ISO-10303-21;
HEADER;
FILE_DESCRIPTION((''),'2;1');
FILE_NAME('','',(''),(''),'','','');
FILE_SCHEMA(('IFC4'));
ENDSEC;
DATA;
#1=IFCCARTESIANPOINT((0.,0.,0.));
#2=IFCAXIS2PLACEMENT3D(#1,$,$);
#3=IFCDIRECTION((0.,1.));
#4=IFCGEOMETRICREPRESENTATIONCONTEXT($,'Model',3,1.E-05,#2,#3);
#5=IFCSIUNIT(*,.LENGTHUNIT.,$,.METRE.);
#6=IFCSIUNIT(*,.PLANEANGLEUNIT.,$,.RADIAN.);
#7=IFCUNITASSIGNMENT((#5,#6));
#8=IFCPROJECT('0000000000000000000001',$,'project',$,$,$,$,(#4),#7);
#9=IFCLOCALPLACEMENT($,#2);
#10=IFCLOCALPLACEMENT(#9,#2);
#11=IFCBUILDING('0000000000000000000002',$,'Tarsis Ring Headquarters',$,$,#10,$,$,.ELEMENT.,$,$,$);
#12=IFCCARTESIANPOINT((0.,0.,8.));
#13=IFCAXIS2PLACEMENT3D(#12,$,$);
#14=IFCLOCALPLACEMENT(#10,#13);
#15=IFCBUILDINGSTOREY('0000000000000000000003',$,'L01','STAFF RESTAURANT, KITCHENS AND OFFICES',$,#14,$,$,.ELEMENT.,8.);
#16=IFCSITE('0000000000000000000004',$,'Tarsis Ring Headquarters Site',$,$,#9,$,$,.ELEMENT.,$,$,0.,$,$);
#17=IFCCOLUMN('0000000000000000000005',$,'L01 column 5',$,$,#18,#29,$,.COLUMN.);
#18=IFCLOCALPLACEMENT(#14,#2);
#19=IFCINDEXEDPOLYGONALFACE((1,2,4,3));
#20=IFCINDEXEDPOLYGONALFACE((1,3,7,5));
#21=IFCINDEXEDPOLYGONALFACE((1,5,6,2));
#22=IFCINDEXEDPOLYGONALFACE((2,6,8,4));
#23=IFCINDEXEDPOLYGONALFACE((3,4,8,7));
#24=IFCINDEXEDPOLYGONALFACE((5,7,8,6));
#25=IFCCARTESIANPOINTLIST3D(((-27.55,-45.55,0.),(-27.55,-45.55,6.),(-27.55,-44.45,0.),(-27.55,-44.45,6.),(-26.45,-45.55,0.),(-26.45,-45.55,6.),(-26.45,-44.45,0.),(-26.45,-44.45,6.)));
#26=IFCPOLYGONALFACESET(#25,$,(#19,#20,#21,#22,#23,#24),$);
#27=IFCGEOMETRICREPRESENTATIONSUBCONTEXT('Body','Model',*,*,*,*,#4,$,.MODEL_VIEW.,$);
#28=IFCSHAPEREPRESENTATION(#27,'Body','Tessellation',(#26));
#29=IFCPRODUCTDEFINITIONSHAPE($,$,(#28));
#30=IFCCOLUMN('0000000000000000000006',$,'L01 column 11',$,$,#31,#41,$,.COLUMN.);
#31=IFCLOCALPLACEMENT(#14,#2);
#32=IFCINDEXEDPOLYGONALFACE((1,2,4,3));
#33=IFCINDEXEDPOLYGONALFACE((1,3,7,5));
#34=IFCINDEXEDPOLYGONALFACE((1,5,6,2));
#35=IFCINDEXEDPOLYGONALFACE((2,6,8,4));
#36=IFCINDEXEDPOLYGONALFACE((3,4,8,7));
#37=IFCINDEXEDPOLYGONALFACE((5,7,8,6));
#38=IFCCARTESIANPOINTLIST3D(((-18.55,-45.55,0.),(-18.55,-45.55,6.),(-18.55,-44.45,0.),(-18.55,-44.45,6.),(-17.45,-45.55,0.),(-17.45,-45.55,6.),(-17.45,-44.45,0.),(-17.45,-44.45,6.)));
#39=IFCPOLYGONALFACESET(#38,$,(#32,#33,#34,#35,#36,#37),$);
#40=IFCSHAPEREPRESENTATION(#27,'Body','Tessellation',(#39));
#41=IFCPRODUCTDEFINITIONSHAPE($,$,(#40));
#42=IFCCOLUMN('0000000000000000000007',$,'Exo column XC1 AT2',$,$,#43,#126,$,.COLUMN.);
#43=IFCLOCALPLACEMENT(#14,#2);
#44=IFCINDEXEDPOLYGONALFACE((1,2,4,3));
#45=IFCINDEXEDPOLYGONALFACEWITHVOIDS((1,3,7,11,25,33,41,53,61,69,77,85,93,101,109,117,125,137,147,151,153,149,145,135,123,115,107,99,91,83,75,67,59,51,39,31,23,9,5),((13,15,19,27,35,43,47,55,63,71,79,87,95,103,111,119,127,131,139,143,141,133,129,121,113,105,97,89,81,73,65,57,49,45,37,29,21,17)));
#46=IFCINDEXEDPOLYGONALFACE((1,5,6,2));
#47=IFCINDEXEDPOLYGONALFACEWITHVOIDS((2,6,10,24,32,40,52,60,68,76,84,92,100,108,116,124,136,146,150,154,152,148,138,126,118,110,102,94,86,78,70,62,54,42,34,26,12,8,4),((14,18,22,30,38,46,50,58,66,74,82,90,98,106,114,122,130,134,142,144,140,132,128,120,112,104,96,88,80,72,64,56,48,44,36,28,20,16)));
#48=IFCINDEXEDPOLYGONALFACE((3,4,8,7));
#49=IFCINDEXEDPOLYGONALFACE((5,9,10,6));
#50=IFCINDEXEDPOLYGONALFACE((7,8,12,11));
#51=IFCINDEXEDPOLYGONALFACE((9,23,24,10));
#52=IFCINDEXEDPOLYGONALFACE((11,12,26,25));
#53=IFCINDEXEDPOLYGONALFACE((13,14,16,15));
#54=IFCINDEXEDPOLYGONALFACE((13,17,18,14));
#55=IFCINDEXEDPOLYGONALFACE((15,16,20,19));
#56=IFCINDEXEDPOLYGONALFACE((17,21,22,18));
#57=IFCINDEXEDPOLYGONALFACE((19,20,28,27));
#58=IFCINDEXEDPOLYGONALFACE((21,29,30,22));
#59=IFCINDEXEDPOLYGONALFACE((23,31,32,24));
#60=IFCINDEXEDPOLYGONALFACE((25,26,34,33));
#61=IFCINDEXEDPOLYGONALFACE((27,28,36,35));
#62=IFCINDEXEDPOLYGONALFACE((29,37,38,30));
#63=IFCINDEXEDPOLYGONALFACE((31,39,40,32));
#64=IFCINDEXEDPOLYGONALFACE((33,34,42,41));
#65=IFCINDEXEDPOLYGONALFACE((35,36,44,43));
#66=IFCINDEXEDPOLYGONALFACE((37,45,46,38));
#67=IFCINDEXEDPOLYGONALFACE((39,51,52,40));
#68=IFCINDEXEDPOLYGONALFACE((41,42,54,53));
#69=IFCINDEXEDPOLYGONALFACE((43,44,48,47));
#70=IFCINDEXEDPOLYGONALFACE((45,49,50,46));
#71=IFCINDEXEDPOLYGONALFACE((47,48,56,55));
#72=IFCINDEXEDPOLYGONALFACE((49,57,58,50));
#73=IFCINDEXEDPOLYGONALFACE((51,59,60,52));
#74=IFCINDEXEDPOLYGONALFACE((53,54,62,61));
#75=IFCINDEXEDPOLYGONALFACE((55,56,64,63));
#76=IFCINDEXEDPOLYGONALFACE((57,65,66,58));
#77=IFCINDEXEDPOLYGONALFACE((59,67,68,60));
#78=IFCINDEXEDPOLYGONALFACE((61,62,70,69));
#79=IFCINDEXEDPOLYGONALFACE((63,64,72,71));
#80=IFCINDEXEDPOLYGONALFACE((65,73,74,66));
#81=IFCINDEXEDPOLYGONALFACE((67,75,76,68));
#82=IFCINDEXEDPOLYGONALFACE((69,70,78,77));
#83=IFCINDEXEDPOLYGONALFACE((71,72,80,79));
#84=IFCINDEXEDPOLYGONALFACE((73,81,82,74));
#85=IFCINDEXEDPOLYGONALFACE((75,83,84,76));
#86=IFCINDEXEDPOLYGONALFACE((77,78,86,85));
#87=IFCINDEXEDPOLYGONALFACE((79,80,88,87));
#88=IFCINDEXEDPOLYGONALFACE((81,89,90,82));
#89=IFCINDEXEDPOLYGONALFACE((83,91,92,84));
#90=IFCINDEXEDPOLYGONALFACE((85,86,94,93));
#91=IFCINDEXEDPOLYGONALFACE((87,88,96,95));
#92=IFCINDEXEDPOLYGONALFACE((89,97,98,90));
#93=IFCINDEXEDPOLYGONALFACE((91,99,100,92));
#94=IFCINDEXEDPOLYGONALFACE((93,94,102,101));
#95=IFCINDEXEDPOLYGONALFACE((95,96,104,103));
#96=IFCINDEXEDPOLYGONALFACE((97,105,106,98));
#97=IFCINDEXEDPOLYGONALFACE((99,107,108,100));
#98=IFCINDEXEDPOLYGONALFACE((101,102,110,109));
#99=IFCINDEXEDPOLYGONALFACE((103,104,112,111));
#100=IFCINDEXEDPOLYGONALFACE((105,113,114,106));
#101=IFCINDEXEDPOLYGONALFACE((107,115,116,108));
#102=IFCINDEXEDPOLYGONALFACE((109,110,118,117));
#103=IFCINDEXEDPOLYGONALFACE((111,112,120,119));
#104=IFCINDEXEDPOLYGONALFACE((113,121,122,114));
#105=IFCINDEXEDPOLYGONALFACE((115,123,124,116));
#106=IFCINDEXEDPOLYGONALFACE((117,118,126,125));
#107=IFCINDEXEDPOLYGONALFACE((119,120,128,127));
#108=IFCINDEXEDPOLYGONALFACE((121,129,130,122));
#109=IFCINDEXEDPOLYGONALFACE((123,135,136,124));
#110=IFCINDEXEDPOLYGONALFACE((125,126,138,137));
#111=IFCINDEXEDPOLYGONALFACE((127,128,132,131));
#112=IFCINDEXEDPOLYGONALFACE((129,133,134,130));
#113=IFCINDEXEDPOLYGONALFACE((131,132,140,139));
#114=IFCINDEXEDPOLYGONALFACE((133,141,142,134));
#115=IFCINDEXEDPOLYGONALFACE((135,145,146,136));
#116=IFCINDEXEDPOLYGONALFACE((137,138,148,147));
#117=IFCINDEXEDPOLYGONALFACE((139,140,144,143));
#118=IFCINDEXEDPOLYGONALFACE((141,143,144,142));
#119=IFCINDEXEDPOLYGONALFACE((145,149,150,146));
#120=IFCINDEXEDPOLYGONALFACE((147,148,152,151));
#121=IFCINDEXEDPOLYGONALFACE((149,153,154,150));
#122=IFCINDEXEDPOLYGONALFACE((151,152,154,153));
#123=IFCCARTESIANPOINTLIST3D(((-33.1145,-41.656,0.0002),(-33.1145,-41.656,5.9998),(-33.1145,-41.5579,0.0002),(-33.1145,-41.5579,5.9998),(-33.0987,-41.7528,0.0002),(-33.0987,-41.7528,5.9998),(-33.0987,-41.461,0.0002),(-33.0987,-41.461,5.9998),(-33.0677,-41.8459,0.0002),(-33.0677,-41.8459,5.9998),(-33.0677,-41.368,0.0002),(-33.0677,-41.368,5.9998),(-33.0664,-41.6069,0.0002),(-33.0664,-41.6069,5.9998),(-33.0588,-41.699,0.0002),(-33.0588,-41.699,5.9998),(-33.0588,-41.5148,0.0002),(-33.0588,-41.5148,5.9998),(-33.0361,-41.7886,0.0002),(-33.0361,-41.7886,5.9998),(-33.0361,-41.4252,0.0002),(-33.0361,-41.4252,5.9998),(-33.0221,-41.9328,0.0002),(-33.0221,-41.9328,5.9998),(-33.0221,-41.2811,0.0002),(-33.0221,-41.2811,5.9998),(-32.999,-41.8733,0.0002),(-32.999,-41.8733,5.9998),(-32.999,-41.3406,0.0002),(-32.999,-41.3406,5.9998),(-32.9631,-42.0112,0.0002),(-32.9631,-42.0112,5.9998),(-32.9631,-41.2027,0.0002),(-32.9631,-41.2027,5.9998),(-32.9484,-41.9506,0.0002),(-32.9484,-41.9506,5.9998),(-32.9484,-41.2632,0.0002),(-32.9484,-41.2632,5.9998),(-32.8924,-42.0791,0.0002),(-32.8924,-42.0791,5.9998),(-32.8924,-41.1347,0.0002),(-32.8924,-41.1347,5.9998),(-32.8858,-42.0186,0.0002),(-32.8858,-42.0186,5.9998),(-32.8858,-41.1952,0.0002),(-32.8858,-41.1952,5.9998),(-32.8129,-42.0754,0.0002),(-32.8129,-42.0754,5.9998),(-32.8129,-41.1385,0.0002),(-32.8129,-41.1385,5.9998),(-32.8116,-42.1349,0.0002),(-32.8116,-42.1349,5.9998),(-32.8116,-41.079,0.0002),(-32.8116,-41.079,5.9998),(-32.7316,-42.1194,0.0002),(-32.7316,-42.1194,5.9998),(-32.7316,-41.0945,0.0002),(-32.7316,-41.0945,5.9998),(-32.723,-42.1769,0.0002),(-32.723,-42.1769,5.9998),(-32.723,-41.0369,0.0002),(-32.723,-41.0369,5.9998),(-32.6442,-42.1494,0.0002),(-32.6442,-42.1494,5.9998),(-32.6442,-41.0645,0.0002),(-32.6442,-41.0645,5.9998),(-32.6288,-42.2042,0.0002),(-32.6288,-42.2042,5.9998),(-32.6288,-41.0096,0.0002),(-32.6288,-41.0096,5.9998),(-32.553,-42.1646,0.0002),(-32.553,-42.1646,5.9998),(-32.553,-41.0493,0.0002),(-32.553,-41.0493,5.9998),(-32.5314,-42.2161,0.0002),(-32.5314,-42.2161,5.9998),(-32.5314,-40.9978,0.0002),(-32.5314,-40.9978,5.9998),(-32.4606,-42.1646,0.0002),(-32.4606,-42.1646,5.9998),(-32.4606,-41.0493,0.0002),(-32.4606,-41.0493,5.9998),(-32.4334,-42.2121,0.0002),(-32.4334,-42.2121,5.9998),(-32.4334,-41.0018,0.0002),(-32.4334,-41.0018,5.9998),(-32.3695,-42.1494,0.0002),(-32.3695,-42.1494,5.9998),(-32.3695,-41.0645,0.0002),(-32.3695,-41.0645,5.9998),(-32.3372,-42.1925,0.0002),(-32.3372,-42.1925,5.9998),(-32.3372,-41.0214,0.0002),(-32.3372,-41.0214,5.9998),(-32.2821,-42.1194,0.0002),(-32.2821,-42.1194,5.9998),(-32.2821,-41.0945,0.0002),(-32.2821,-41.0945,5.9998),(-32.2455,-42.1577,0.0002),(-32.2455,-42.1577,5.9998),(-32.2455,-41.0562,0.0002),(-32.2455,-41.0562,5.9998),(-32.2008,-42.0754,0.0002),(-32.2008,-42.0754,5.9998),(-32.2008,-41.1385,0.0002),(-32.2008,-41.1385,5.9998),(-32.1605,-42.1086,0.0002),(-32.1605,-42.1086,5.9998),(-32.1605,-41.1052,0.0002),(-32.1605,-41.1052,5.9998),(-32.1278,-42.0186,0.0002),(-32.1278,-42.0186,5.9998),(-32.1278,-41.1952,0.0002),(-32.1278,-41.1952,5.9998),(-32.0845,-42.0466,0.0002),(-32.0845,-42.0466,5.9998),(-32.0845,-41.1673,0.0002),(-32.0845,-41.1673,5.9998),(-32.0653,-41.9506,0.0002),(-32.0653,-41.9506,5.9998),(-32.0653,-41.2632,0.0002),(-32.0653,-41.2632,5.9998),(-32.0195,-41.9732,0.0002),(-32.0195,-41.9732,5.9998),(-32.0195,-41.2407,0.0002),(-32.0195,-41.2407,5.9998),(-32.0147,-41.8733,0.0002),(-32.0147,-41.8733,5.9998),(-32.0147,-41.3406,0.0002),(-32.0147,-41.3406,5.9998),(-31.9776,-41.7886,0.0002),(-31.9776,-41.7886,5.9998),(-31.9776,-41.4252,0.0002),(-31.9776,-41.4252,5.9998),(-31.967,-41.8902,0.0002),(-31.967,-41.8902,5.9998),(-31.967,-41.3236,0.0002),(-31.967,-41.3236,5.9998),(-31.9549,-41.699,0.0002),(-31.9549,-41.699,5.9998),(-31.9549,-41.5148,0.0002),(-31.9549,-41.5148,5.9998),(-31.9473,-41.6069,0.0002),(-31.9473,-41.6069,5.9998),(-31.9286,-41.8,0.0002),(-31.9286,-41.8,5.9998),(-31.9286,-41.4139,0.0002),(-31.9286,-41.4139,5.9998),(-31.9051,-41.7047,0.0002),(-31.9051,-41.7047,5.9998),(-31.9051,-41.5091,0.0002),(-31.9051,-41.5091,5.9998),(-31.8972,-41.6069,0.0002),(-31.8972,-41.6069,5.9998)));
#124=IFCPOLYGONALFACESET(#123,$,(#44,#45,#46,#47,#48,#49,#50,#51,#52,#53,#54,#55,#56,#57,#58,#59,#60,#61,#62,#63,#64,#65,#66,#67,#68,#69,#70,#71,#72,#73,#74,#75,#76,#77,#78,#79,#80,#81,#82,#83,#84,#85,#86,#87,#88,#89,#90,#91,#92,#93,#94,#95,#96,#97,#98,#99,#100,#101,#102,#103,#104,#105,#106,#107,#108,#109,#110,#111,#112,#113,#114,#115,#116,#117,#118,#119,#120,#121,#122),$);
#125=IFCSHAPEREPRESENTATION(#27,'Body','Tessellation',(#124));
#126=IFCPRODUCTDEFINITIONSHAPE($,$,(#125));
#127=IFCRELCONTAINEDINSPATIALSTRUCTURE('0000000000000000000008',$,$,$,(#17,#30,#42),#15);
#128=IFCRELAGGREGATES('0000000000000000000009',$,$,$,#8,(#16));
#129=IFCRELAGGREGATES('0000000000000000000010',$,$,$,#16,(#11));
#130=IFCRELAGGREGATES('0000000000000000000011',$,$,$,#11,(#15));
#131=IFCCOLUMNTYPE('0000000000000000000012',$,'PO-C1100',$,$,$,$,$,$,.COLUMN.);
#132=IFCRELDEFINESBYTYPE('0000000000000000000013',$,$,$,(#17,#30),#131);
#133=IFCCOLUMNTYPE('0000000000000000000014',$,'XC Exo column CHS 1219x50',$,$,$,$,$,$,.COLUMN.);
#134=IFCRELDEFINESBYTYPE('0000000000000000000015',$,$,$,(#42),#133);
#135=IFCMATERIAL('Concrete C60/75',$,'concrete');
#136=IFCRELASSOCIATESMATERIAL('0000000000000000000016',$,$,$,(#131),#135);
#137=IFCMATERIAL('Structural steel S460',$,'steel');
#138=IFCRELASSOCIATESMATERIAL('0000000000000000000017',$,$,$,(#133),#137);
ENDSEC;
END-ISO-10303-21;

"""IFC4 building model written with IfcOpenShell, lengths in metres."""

from ifc_helpers import new_model, si_unit, direction, frame, origin, origin_2d, place, context, subcontext, project, spatial, rectangle, hollow_circle, extrude, material, material_profile, profile_set, type_object, element, save


model = new_model("IFC4")

# Units and contexts
model_context = context("Model", 3, precision=1e-05, world=origin(), true_north=direction((0.0, 1.0)))
body_context = subcontext(model_context, "Body", "Model", "MODEL_VIEW")
ifc_project = project(units=[si_unit("LENGTHUNIT", "METRE"), si_unit("PLANEANGLEUNIT", "RADIAN")], contexts=[model_context])

# Site, building, storey
site_placement = place(None, origin())
site = spatial("IfcSite", under=ifc_project, at=site_placement, Name="Tarsis Ring Headquarters Site", CompositionType="ELEMENT", RefElevation=0.0)
building_placement = place(site_placement, origin())
building = spatial("IfcBuilding", under=site, at=building_placement, Name="Tarsis Ring Headquarters", CompositionType="ELEMENT")
storey_placement = place(building_placement, frame((0.0, 0.0, 8.0)))
storey = spatial("IfcBuildingStorey", under=building, at=storey_placement, Name="L01", Description="STAFF RESTAURANT, KITCHENS AND OFFICES", CompositionType="ELEMENT", Elevation=8.0)

# Columns
ifc_material_1 = material(Name="Concrete C60/75", Category="concrete")
ifc_material_profile_1 = material_profile(ifc_material_1, rectangle(XDim=1.1001, YDim=1.1001, at=origin_2d()), Name="PO-C1100")
ifc_profile_set_1 = profile_set([ifc_material_profile_1], Name="Concrete C60/75")
column_type_1 = type_object("IfcColumnType", Name="PO-C1100", PredefinedType="COLUMN", material=ifc_profile_set_1)
for number, where, z_axis, x_axis, name in (
    (1, (-27.0, -45.0, 0.0), (0.0, 0.0, 1.0), (1.0, 0.0, 0.0), "L01 column 5"),
    (2, (-18.0, -45.0, 0.0), (0.0, 0.0, 1.0), (1.0, 0.0, 0.0), "L01 column 11"),
):
    element("IfcColumn", number, at=place(storey_placement, frame(where, z_axis=z_axis, x_axis=x_axis)), inside=storey, type_object=column_type_1, Name=name, PredefinedType="COLUMN", context=body_context, shape_type="SweptSolid", body=[
        extrude(rectangle(XDim=1.1001, YDim=1.1001, at=origin_2d()), origin(), (0.0, 0.0, 1.0), 6.0),
    ])
ifc_material_2 = material(Name="Structural steel S460", Category="steel")
ifc_material_profile_2 = material_profile(ifc_material_2, hollow_circle(Radius=0.6096, WallThickness=0.05, at=origin_2d()), Name="CHS 1219x50")
ifc_profile_set_2 = profile_set([ifc_material_profile_2], Name="Structural steel S460")
column_type_2 = type_object("IfcColumnType", Name="XC Exo column CHS 1219x50", PredefinedType="COLUMN", material=ifc_profile_set_2)
for number, where, z_axis, x_axis, name in (
    (3, (-32.5068, -41.6069, 0.0002), (0.0, 0.0, 1.0), (1.0, 0.0, 0.0), "Exo column XC1 AT2"),
):
    element("IfcColumn", number, at=place(storey_placement, frame(where, z_axis=z_axis, x_axis=x_axis)), inside=storey, type_object=column_type_2, Name=name, PredefinedType="COLUMN", context=body_context, shape_type="SweptSolid", body=[
        extrude(hollow_circle(Radius=0.6096, WallThickness=0.05, at=origin_2d()), origin(), (0.0, 0.0, 1.0), 5.9995),
    ])

save(model, "model.ifc")
